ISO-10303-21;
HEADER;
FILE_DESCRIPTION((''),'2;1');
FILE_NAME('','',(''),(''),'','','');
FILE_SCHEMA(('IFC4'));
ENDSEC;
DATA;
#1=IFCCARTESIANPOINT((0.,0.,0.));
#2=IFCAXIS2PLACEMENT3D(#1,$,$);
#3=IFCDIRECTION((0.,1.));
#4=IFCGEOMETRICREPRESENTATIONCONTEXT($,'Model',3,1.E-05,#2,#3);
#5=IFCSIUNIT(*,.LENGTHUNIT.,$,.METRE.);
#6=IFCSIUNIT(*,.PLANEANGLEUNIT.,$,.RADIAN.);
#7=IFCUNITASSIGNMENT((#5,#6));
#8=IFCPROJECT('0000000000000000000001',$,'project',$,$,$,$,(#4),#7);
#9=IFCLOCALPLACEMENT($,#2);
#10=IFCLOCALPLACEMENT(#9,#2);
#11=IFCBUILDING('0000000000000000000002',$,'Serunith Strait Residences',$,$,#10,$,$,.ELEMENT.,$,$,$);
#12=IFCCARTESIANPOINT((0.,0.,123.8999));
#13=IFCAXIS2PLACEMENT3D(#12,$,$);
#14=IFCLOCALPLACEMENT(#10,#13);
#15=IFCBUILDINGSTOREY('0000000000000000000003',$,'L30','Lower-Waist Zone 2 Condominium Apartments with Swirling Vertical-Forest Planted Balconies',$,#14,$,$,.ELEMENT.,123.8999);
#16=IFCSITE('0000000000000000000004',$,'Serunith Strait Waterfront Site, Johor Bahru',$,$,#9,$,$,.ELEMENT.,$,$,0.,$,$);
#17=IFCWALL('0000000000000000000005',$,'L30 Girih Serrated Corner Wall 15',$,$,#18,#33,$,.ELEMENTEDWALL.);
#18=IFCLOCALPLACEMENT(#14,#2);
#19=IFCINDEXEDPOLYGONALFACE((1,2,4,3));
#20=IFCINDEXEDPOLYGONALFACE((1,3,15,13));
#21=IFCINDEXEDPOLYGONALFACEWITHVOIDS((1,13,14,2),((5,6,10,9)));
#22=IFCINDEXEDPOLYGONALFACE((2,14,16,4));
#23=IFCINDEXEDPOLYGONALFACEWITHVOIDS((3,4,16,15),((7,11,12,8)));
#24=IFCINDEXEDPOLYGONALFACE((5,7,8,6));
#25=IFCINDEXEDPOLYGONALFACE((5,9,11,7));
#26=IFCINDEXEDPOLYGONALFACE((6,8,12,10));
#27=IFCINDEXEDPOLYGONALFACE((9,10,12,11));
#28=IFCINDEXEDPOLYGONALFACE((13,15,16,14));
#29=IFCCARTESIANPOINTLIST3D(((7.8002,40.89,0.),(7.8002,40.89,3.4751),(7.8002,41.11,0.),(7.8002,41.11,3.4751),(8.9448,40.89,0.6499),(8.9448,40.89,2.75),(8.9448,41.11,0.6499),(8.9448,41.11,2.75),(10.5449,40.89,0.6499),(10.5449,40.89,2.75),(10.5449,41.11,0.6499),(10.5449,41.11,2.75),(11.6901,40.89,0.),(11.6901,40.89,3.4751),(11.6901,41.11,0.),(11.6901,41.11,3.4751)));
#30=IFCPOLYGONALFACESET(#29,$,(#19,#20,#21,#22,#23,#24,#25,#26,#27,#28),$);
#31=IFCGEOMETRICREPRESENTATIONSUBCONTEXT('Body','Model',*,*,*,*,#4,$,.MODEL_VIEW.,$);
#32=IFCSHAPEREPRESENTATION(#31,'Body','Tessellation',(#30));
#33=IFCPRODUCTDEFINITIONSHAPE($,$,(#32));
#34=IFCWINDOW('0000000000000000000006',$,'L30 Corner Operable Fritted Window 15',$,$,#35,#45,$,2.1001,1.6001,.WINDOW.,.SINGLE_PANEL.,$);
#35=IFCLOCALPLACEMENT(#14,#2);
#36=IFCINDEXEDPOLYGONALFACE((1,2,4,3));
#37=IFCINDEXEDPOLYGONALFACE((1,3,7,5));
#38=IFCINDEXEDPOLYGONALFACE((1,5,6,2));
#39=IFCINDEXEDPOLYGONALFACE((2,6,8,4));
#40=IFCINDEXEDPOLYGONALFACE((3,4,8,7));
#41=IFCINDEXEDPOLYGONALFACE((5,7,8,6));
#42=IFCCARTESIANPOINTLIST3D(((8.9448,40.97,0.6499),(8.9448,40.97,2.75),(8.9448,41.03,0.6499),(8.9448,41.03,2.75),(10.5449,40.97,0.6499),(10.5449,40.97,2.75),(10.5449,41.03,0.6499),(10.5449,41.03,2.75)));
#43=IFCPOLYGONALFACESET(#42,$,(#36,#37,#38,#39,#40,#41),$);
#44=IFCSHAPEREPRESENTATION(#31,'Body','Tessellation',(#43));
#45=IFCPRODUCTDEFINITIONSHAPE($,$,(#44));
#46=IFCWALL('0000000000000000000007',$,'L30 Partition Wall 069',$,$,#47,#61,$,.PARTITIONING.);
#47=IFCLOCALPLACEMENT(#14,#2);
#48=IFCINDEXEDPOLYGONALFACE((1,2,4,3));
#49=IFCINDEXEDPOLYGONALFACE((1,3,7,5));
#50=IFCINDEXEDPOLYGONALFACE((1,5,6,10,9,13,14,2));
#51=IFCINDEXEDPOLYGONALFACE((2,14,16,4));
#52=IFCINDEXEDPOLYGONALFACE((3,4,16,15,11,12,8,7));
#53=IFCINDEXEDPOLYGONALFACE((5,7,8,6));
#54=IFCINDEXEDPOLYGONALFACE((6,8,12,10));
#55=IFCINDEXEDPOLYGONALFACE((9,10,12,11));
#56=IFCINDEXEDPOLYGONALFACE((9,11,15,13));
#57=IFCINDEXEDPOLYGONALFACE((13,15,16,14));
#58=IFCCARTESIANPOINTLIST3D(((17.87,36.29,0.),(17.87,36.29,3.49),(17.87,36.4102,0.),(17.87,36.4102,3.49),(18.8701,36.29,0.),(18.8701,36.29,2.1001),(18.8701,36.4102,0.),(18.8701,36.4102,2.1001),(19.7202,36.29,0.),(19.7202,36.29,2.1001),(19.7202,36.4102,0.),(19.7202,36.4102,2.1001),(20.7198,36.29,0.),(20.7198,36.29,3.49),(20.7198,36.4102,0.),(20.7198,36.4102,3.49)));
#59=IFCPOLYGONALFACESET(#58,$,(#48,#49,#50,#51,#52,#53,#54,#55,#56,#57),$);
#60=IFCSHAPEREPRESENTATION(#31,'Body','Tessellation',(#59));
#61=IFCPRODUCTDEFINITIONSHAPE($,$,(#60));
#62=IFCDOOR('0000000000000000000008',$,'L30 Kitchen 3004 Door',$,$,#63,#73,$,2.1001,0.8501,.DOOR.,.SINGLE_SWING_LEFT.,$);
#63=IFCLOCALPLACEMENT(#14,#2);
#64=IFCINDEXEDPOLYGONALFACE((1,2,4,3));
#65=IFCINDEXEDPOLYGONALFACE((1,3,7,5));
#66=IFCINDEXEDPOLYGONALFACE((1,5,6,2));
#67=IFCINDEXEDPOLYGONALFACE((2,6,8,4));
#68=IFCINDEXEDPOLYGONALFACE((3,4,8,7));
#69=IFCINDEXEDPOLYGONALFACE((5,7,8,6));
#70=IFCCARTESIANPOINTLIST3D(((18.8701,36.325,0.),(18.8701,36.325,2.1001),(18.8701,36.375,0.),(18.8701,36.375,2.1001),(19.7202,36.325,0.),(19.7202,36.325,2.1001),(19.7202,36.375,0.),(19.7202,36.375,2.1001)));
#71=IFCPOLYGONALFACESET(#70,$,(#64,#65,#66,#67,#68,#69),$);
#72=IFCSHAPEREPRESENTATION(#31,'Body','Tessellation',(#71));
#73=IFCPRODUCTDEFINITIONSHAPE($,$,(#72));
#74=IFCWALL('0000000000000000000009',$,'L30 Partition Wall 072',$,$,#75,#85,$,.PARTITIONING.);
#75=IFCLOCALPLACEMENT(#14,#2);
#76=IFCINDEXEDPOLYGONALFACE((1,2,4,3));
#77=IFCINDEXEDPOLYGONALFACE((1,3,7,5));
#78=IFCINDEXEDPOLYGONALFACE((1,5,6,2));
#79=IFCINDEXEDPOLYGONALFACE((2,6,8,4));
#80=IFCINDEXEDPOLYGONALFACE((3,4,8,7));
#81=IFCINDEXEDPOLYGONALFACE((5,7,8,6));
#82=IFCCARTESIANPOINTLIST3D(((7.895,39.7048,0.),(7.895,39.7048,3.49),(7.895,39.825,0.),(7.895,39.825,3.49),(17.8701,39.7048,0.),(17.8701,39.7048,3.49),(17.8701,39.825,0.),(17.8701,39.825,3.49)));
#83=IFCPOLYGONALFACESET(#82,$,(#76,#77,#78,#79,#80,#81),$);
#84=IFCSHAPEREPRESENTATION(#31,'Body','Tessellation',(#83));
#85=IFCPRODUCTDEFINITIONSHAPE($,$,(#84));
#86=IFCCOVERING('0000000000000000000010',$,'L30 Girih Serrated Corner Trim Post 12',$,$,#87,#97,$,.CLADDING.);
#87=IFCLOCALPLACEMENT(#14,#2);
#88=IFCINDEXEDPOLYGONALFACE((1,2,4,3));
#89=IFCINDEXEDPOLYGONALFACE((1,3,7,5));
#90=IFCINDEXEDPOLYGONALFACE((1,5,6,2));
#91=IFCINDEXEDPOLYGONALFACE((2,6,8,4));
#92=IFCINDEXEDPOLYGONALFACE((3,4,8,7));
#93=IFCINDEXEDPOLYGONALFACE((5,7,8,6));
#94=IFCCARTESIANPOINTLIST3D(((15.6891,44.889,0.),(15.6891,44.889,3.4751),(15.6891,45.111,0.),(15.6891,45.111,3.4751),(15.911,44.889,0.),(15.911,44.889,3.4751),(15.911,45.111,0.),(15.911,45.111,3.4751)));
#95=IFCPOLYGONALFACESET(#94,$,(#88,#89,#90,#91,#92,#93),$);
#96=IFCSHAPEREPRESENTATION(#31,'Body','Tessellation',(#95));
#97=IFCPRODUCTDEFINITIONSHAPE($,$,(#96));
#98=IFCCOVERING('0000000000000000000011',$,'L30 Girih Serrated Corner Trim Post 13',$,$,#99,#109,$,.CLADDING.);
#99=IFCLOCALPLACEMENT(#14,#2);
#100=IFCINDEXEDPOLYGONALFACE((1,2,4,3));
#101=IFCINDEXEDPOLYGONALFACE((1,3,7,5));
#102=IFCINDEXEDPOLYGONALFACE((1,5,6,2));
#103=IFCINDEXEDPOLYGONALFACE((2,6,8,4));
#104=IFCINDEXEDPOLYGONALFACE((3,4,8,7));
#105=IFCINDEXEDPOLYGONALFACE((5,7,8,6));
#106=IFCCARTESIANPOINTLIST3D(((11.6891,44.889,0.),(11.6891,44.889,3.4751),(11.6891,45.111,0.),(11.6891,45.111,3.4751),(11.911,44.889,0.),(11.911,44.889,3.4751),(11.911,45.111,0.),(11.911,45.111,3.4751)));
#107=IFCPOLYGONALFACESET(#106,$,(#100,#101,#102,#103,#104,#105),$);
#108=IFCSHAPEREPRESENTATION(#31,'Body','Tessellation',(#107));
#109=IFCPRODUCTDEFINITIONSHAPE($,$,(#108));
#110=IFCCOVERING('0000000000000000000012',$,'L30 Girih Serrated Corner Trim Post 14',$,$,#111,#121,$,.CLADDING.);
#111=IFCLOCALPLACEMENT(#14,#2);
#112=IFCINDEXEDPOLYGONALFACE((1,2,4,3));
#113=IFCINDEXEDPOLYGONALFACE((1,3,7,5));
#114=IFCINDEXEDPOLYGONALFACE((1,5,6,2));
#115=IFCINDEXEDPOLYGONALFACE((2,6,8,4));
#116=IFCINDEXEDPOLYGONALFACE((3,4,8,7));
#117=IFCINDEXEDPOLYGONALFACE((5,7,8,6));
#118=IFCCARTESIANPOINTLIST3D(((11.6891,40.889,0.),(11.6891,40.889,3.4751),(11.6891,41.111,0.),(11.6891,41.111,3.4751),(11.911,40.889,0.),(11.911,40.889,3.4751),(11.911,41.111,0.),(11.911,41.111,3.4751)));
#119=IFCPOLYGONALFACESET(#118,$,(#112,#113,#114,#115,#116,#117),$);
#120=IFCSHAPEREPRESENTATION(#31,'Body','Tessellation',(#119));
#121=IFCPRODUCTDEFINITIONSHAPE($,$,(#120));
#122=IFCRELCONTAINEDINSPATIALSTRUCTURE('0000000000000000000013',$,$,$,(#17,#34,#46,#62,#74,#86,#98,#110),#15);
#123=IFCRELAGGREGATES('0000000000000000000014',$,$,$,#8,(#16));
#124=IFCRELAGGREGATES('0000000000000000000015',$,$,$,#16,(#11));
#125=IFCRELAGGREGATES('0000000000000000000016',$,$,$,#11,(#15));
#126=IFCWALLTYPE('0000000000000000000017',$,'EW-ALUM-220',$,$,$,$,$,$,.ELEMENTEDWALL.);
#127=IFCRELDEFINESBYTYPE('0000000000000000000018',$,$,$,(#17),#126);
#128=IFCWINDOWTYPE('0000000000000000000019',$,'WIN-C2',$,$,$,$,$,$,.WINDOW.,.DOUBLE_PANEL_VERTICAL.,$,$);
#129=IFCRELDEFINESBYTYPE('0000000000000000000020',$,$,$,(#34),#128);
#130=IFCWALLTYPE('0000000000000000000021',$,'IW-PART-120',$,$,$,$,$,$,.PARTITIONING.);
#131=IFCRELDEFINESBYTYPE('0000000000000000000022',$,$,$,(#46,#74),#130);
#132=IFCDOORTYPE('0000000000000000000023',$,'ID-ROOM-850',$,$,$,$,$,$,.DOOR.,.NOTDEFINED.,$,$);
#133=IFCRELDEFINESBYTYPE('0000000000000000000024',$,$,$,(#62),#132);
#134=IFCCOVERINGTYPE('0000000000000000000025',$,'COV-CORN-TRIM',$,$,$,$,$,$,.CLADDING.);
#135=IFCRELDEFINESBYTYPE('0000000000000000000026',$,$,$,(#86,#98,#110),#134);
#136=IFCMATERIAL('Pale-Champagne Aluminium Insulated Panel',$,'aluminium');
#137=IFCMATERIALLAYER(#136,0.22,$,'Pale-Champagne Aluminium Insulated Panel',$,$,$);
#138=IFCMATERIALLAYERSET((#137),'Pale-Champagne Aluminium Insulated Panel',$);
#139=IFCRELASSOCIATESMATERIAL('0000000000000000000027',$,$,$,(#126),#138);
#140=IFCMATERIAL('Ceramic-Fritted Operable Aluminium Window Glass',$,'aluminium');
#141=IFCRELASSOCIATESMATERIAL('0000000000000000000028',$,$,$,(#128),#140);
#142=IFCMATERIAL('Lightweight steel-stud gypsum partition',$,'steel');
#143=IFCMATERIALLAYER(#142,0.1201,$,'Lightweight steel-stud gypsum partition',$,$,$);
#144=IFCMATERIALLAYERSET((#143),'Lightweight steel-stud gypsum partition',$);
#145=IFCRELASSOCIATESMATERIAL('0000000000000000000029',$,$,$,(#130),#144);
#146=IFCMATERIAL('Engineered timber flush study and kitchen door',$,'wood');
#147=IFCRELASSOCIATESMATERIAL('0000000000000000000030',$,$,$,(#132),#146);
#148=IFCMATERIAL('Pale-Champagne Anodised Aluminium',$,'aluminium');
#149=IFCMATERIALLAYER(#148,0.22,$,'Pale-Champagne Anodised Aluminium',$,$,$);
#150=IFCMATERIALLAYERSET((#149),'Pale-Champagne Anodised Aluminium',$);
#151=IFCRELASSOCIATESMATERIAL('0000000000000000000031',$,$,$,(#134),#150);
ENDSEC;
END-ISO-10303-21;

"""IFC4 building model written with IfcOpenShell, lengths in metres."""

from ifc_helpers import new_model, si_unit, direction, frame, frame_2d, origin, origin_2d, place, context, subcontext, project, spatial, rectangle, extrude, source, transform, mapped, material, layer, layer_set, type_object, element, fill, save


model = new_model("IFC4")

# Units and contexts
model_context = context("Model", 3, precision=1e-05, world=origin(), true_north=direction((0.0, 1.0)))
body_context = subcontext(model_context, "Body", "Model", "MODEL_VIEW")
ifc_project = project(units=[si_unit("LENGTHUNIT", "METRE"), si_unit("PLANEANGLEUNIT", "RADIAN")], contexts=[model_context])

# Site, building, storey
site_placement = place(None, origin())
site = spatial("IfcSite", under=ifc_project, at=site_placement, Name="Serunith Strait Waterfront Site, Johor Bahru", CompositionType="ELEMENT", RefElevation=0.0)
building_placement = place(site_placement, origin())
building = spatial("IfcBuilding", under=site, at=building_placement, Name="Serunith Strait Residences", CompositionType="ELEMENT")
storey_placement = place(building_placement, frame((0.0, 0.0, 123.8999)))
storey = spatial("IfcBuildingStorey", under=building, at=storey_placement, Name="L30", Description="Lower-Waist Zone 2 Condominium Apartments with Swirling Vertical-Forest Planted Balconies", CompositionType="ELEMENT", Elevation=123.8999)

# Shared definitions
ifc_material_1 = material(Name="Pale-Champagne Anodised Aluminium", Category="aluminium")

# Wall, opening, window
ifc_material_2 = material(Name="Pale-Champagne Aluminium Insulated Panel", Category="aluminium")
ifc_layer_1 = layer(ifc_material_2, 0.22, Name="Pale-Champagne Aluminium Insulated Panel")
ifc_layer_set_1 = layer_set([ifc_layer_1], Name="Pale-Champagne Aluminium Insulated Panel")
wall_type_1 = type_object("IfcWallType", Name="EW-ALUM-220", PredefinedType="ELEMENTEDWALL", material=ifc_layer_set_1)
ifc_material_3 = material(Name="Ceramic-Fritted Operable Aluminium Window Glass", Category="aluminium")
window_type = type_object("IfcWindowType", Name="WIN-C2", PartitioningType="DOUBLE_PANEL_VERTICAL", PredefinedType="WINDOW", material=ifc_material_3)
shared_shape_1 = source(origin(), body_context, "Body", "SweptSolid", [
    extrude(rectangle(XDim=1.6001, YDim=2.1001, at=frame_2d((0.8, 1.05))), frame((0.0, 0.03, 0.0), z_axis=(0.0, -1.0, 0.0), x_axis=(1.0, 0.0, 0.0)), (0.0, 0.0, 1.0), 0.0601),
])
wall_1_placement = place(storey_placement, frame((11.6899, 41.0, 0.0), z_axis=(0.0, 0.0, 1.0), x_axis=(-1.0, 0.0, 0.0)))
wall_1 = element("IfcWall", 1, at=wall_1_placement, inside=storey, type_object=wall_type_1, Name="L30 Girih Serrated Corner Wall 15", PredefinedType="ELEMENTEDWALL", context=body_context, shape_type="SweptSolid", body=[
    extrude(rectangle(XDim=3.8899, YDim=0.22, at=frame_2d((1.9448, 0.0))), origin(), (0.0, 0.0, 1.0), 3.4751),
])
opening_1_placement = place(wall_1_placement, frame((1.145, 0.0, 0.6499)))
opening_1 = element("IfcOpeningElement", 2, at=opening_1_placement, cuts=wall_1, PredefinedType="OPENING", context=body_context, shape_type="SweptSolid", body=[
    extrude(rectangle(XDim=1.6001, YDim=2.1001, at=frame_2d((0.8, 1.05))), frame((0.0, 0.1201, 0.0), z_axis=(0.0, -1.0, 0.0), x_axis=(1.0, 0.0, 0.0)), (0.0, 0.0, 1.0), 0.24),
])
window_1_placement = place(opening_1_placement, origin())
window_1 = element("IfcWindow", 3, at=window_1_placement, inside=storey, type_object=window_type, Name="L30 Corner Operable Fritted Window 15", OverallHeight=2.1001, OverallWidth=1.6001, PartitioningType="SINGLE_PANEL", PredefinedType="WINDOW", context=body_context, shape_type="MappedRepresentation", body=[
    mapped(shared_shape_1, transform((0.0, 0.0, 0.0), scale=1.0)),
])
fill(opening_1, window_1)

# Wall, opening, door
ifc_material_4 = material(Name="Lightweight steel-stud gypsum partition", Category="steel")
ifc_layer_2 = layer(ifc_material_4, 0.1201, Name="Lightweight steel-stud gypsum partition")
ifc_layer_set_2 = layer_set([ifc_layer_2], Name="Lightweight steel-stud gypsum partition")
wall_type_2 = type_object("IfcWallType", Name="IW-PART-120", PredefinedType="PARTITIONING", material=ifc_layer_set_2)
wall_2_placement = place(storey_placement, frame((17.8701, 36.3501, 0.0), z_axis=(0.0, 0.0, 1.0), x_axis=(1.0, 0.0, 0.0)))
wall_2 = element("IfcWall", 4, at=wall_2_placement, inside=storey, type_object=wall_type_2, Name="L30 Partition Wall 069", PredefinedType="PARTITIONING", context=body_context, shape_type="SweptSolid", body=[
    extrude(rectangle(XDim=2.8499, YDim=0.1201, at=frame_2d((1.4248, 0.0))), origin(), (0.0, 0.0, 1.0), 3.49),
])
opening_2_placement = place(wall_2_placement, frame((1.0, 0.0, 0.0)))
opening_2 = element("IfcOpeningElement", 5, at=opening_2_placement, cuts=wall_2, PredefinedType="OPENING", context=body_context, shape_type="SweptSolid", body=[
    extrude(rectangle(XDim=0.8501, YDim=2.1001, at=frame_2d((0.425, 1.05))), frame((0.0, 0.0701, 0.0), z_axis=(0.0, -1.0, 0.0), x_axis=(1.0, 0.0, 0.0)), (0.0, 0.0, 1.0), 0.1401),
])
ifc_material_5 = material(Name="Engineered timber flush study and kitchen door", Category="wood")
door_type = type_object("IfcDoorType", Name="ID-ROOM-850", OperationType="NOTDEFINED", PredefinedType="DOOR", material=ifc_material_5)
shared_shape_2 = source(origin(), body_context, "Body", "SweptSolid", [
    extrude(rectangle(XDim=0.8501, YDim=2.1001, at=frame_2d((0.425, 1.05))), frame((0.0, 0.0249, 0.0), z_axis=(0.0, -1.0, 0.0), x_axis=(1.0, 0.0, 0.0)), (0.0, 0.0, 1.0), 0.05),
])
door_placement = place(opening_2_placement, origin())
door = element("IfcDoor", 6, at=door_placement, inside=storey, type_object=door_type, Name="L30 Kitchen 3004 Door", OperationType="SINGLE_SWING_LEFT", OverallHeight=2.1001, OverallWidth=0.8501, PredefinedType="DOOR", context=body_context, shape_type="MappedRepresentation", body=[
    mapped(shared_shape_2, transform((0.0, 0.0, 0.0), scale=1.0)),
])
fill(opening_2, door)

# Wall
wall_3_placement = place(storey_placement, frame((7.895, 39.7649, 0.0), z_axis=(0.0, 0.0, 1.0), x_axis=(1.0, 0.0, 0.0)))
element("IfcWall", 7, at=wall_3_placement, inside=storey, type_object=wall_type_2, Name="L30 Partition Wall 072", PredefinedType="PARTITIONING", context=body_context, shape_type="SweptSolid", body=[
    extrude(rectangle(XDim=9.9751, YDim=0.1201, at=frame_2d((4.9875, 0.0))), origin(), (0.0, 0.0, 1.0), 3.49),
])

# Coverings
ifc_layer_3 = layer(ifc_material_1, 0.22, Name="Pale-Champagne Anodised Aluminium")
ifc_layer_set_3 = layer_set([ifc_layer_3], Name="Pale-Champagne Anodised Aluminium")
covering_type = type_object("IfcCoveringType", Name="COV-CORN-TRIM", PredefinedType="CLADDING", material=ifc_layer_set_3)
shared_shape_3 = source(origin(), body_context, "Body", "SweptSolid", [
    extrude(rectangle(XDim=0.2219, YDim=0.2219, at=origin_2d()), origin(), (0.0, 0.0, 1.0), 3.4751),
])
for number, where, z_axis, x_axis, name in (
    (8, (15.8, 45.0, 0.0), (0.0, 0.0, 1.0), (1.0, 0.0, 0.0), "L30 Girih Serrated Corner Trim Post 12"),
    (9, (11.8, 45.0, 0.0), (0.0, 0.0, 1.0), (1.0, 0.0, 0.0), "L30 Girih Serrated Corner Trim Post 13"),
    (10, (11.8, 41.0, 0.0), (0.0, 0.0, 1.0), (1.0, 0.0, 0.0), "L30 Girih Serrated Corner Trim Post 14"),
):
    element("IfcCovering", number, at=place(storey_placement, frame(where, z_axis=z_axis, x_axis=x_axis)), inside=storey, type_object=covering_type, Name=name, PredefinedType="CLADDING", context=body_context, shape_type="MappedRepresentation", body=[
        mapped(shared_shape_3, transform((0.0, 0.0, 0.0), scale=1.0)),
    ])

save(model, "model.ifc")
